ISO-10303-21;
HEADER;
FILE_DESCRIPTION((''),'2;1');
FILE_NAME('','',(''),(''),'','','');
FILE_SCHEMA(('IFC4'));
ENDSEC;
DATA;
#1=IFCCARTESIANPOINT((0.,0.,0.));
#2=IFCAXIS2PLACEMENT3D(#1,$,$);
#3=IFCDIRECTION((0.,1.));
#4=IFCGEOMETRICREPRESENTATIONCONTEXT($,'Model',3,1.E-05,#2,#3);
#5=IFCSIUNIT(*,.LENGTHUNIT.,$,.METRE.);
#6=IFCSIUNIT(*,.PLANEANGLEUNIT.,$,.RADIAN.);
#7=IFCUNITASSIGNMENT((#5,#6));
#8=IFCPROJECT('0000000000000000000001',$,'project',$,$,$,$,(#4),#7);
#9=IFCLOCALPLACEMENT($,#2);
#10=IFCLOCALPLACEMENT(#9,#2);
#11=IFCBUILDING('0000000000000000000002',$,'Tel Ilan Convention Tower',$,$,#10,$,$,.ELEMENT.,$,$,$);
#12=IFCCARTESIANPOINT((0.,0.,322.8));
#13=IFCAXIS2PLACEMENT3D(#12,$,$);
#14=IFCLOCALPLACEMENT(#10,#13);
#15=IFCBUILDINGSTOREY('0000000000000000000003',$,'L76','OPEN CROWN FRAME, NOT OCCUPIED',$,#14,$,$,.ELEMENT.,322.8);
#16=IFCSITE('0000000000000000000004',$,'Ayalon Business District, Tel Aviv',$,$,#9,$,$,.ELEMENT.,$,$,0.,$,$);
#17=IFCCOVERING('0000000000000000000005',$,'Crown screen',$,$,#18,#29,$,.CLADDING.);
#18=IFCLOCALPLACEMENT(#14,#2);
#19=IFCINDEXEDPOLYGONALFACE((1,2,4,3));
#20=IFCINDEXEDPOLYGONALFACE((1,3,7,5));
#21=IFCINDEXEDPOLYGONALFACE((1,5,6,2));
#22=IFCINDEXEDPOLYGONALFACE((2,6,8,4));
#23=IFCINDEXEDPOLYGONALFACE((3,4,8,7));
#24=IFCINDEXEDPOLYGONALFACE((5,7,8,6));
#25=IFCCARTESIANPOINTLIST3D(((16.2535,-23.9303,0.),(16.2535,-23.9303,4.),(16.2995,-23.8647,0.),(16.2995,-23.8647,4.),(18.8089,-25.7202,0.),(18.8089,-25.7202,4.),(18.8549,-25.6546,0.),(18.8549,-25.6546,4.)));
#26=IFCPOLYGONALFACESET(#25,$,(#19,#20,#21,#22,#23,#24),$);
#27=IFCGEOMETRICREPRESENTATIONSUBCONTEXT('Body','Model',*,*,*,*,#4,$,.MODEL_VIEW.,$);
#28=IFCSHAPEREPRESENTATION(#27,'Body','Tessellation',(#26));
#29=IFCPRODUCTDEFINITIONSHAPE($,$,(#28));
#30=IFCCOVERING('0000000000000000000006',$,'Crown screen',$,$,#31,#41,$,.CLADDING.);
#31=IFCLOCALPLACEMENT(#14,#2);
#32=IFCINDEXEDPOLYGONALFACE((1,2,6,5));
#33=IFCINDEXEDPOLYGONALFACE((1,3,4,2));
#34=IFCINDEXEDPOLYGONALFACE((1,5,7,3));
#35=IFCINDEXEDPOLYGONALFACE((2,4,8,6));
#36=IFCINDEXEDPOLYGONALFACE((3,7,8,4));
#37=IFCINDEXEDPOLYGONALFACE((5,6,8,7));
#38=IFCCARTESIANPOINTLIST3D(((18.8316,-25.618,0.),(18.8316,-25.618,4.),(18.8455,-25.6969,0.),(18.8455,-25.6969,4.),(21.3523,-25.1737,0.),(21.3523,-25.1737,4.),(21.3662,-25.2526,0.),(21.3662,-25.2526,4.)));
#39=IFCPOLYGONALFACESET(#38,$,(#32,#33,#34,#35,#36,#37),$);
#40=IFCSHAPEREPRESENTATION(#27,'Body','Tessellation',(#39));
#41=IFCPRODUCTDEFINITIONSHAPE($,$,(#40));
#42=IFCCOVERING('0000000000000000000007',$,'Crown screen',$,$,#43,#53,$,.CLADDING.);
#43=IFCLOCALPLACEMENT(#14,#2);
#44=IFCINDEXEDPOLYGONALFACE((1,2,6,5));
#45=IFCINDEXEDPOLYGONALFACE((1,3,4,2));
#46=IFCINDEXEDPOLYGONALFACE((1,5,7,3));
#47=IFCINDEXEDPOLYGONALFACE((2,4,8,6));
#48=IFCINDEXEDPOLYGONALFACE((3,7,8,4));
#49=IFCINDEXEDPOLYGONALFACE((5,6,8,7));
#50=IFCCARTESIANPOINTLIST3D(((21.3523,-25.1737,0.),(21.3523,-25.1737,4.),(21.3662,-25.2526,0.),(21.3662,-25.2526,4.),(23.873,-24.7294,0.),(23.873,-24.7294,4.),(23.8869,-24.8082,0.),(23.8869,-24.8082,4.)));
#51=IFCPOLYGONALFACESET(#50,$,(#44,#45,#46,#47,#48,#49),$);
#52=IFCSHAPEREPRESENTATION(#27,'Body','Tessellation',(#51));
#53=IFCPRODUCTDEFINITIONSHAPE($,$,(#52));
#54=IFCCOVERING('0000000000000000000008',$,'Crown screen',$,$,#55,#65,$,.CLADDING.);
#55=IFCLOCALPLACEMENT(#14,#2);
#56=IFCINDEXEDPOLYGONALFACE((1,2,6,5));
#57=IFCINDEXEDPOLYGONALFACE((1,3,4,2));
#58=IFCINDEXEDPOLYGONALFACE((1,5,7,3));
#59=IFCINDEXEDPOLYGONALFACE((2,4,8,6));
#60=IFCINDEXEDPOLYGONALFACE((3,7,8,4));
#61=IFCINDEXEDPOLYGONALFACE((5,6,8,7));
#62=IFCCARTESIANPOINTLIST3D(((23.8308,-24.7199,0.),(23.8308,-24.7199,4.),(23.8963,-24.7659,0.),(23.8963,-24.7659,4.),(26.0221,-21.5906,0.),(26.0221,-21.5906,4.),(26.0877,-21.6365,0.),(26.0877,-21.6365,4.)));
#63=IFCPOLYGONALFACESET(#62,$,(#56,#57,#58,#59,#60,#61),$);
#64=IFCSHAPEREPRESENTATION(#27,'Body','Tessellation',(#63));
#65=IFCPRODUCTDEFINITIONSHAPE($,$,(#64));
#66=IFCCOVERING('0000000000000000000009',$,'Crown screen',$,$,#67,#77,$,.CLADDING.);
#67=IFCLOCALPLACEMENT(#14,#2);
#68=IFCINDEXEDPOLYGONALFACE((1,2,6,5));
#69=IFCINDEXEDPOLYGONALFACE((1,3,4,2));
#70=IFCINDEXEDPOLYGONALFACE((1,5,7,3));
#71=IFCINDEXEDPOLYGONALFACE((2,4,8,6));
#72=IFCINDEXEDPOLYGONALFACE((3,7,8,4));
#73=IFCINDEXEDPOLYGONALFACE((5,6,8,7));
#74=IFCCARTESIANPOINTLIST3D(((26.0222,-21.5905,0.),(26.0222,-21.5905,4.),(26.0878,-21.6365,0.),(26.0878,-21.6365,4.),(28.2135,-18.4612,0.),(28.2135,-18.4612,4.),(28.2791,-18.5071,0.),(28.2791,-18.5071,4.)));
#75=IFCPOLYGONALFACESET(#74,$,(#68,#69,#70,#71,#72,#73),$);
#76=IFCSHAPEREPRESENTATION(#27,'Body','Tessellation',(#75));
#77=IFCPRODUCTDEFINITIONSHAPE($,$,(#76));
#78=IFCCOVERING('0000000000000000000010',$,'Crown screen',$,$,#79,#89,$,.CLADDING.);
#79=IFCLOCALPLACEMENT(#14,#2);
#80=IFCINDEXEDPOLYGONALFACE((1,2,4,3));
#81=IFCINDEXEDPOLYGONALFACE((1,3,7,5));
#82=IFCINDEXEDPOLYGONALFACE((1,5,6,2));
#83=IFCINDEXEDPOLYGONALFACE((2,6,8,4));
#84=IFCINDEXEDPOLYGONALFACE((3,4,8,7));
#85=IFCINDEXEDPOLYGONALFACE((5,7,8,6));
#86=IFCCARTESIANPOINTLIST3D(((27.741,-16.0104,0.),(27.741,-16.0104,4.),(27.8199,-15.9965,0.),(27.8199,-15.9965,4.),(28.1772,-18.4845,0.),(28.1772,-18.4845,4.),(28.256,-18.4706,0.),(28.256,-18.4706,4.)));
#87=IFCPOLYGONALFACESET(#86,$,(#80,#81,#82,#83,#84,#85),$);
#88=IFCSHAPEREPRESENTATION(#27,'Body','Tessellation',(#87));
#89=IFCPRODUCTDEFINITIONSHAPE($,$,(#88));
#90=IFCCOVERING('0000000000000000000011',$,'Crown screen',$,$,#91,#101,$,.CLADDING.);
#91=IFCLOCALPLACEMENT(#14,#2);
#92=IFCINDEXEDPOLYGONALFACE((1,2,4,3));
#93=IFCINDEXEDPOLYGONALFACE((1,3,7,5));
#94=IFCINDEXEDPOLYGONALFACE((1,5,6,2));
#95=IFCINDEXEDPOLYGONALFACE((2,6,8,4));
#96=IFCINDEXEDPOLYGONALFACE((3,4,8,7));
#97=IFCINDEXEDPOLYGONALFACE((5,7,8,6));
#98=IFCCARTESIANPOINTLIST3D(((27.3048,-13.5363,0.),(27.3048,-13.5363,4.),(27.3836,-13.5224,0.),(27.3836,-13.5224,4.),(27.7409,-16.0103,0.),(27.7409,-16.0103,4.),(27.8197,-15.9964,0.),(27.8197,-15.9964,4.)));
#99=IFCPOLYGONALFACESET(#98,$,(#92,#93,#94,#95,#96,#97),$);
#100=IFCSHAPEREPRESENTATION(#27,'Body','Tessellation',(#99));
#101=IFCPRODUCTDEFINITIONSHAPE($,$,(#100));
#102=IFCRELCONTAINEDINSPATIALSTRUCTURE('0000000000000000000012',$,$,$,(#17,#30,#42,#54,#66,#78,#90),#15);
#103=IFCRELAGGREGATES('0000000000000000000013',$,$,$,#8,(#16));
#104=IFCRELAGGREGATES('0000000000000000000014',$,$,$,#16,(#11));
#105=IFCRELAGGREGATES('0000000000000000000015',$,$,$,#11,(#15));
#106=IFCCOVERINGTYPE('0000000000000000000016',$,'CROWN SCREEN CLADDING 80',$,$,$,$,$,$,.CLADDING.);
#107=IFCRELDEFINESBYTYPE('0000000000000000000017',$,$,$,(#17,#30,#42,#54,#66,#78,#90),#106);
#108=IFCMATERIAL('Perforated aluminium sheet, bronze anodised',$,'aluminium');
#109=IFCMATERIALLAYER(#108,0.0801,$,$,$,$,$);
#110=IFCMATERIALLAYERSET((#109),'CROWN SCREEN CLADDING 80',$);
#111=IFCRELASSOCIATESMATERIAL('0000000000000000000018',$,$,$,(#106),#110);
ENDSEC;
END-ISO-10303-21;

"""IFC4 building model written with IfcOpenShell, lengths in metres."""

from ifc_helpers import new_model, si_unit, direction, frame, origin, origin_2d, place, context, subcontext, project, spatial, rectangle, extrude, material, layer, layer_set, type_object, element, save


model = new_model("IFC4")

# Units and contexts
model_context = context("Model", 3, precision=1e-05, world=origin(), true_north=direction((0.0, 1.0)))
body_context = subcontext(model_context, "Body", "Model", "MODEL_VIEW")
ifc_project = project(units=[si_unit("LENGTHUNIT", "METRE"), si_unit("PLANEANGLEUNIT", "RADIAN")], contexts=[model_context])

# Site, building, storey
site_placement = place(None, origin())
site = spatial("IfcSite", under=ifc_project, at=site_placement, Name="Ayalon Business District, Tel Aviv", CompositionType="ELEMENT", RefElevation=0.0)
building_placement = place(site_placement, origin())
building = spatial("IfcBuilding", under=site, at=building_placement, Name="Tel Ilan Convention Tower", CompositionType="ELEMENT")
storey_placement = place(building_placement, frame((0.0, 0.0, 322.8)))
storey = spatial("IfcBuildingStorey", under=building, at=storey_placement, Name="L76", Description="OPEN CROWN FRAME, NOT OCCUPIED", CompositionType="ELEMENT", Elevation=322.8)

# Coverings
ifc_material_1 = material(Name="Perforated aluminium sheet, bronze anodised", Category="aluminium")
ifc_layer = layer(ifc_material_1, 0.0801)
ifc_layer_set = layer_set([ifc_layer], Name="CROWN SCREEN CLADDING 80")
covering_type = type_object("IfcCoveringType", Name="CROWN SCREEN CLADDING 80", PredefinedType="CLADDING", material=ifc_layer_set)
covering_1_placement = place(storey_placement, frame((17.5542, -24.7925, 0.0), z_axis=(0.0, 0.0, 1.0), x_axis=(0.81906, -0.573708, 0.0)))
element("IfcCovering", 1, at=covering_1_placement, inside=storey, type_object=covering_type, Name="Crown screen", PredefinedType="CLADDING", context=body_context, shape_type="SweptSolid", body=[
    extrude(rectangle(XDim=3.1199, YDim=0.0801, at=origin_2d()), origin(), (0.0, 0.0, 1.0), 4.0),
])
for number, where, z_axis, x_axis, name in (
    (2, (20.0989, -25.4353, 0.0), (0.0, 0.0, 1.0), (0.984817, 0.173598, 0.0), "Crown screen"),
    (3, (22.6196, -24.991, 0.0), (0.0, 0.0, 1.0), (0.984817, 0.173598, 0.0), "Crown screen"),
):
    element("IfcCovering", number, at=place(storey_placement, frame(where, z_axis=z_axis, x_axis=x_axis)), inside=storey, type_object=covering_type, Name=name, PredefinedType="CLADDING", context=body_context, shape_type="SweptSolid", body=[
        extrude(rectangle(XDim=2.5596, YDim=0.0801, at=origin_2d()), origin(), (0.0, 0.0, 1.0), 4.0),
    ])
for number, where, z_axis, x_axis, name in (
    (4, (24.9592, -23.1782, 0.0), (0.0, 0.0, 1.0), (0.573607, 0.81913, 0.0), "Crown screen"),
    (5, (27.1506, -20.0488, 0.0), (0.0, 0.0, 1.0), (0.573607, 0.81913, 0.0), "Crown screen"),
):
    element("IfcCovering", number, at=place(storey_placement, frame(where, z_axis=z_axis, x_axis=x_axis)), inside=storey, type_object=covering_type, Name=name, PredefinedType="CLADDING", context=body_context, shape_type="SweptSolid", body=[
        extrude(rectangle(XDim=3.8203, YDim=0.0801, at=origin_2d()), origin(), (0.0, 0.0, 1.0), 4.0),
    ])
for number, where, z_axis, x_axis, name in (
    (6, (27.9985, -17.2405, 0.0), (0.0, 0.0, 1.0), (-0.173598, 0.984817, 0.0), "Crown screen"),
    (7, (27.5623, -14.7664, 0.0), (0.0, 0.0, 1.0), (-0.173598, 0.984817, 0.0), "Crown screen"),
):
    element("IfcCovering", number, at=place(storey_placement, frame(where, z_axis=z_axis, x_axis=x_axis)), inside=storey, type_object=covering_type, Name=name, PredefinedType="CLADDING", context=body_context, shape_type="SweptSolid", body=[
        extrude(rectangle(XDim=2.5122, YDim=0.0801, at=origin_2d()), origin(), (0.0, 0.0, 1.0), 4.0),
    ])

save(model, "model.ifc")
